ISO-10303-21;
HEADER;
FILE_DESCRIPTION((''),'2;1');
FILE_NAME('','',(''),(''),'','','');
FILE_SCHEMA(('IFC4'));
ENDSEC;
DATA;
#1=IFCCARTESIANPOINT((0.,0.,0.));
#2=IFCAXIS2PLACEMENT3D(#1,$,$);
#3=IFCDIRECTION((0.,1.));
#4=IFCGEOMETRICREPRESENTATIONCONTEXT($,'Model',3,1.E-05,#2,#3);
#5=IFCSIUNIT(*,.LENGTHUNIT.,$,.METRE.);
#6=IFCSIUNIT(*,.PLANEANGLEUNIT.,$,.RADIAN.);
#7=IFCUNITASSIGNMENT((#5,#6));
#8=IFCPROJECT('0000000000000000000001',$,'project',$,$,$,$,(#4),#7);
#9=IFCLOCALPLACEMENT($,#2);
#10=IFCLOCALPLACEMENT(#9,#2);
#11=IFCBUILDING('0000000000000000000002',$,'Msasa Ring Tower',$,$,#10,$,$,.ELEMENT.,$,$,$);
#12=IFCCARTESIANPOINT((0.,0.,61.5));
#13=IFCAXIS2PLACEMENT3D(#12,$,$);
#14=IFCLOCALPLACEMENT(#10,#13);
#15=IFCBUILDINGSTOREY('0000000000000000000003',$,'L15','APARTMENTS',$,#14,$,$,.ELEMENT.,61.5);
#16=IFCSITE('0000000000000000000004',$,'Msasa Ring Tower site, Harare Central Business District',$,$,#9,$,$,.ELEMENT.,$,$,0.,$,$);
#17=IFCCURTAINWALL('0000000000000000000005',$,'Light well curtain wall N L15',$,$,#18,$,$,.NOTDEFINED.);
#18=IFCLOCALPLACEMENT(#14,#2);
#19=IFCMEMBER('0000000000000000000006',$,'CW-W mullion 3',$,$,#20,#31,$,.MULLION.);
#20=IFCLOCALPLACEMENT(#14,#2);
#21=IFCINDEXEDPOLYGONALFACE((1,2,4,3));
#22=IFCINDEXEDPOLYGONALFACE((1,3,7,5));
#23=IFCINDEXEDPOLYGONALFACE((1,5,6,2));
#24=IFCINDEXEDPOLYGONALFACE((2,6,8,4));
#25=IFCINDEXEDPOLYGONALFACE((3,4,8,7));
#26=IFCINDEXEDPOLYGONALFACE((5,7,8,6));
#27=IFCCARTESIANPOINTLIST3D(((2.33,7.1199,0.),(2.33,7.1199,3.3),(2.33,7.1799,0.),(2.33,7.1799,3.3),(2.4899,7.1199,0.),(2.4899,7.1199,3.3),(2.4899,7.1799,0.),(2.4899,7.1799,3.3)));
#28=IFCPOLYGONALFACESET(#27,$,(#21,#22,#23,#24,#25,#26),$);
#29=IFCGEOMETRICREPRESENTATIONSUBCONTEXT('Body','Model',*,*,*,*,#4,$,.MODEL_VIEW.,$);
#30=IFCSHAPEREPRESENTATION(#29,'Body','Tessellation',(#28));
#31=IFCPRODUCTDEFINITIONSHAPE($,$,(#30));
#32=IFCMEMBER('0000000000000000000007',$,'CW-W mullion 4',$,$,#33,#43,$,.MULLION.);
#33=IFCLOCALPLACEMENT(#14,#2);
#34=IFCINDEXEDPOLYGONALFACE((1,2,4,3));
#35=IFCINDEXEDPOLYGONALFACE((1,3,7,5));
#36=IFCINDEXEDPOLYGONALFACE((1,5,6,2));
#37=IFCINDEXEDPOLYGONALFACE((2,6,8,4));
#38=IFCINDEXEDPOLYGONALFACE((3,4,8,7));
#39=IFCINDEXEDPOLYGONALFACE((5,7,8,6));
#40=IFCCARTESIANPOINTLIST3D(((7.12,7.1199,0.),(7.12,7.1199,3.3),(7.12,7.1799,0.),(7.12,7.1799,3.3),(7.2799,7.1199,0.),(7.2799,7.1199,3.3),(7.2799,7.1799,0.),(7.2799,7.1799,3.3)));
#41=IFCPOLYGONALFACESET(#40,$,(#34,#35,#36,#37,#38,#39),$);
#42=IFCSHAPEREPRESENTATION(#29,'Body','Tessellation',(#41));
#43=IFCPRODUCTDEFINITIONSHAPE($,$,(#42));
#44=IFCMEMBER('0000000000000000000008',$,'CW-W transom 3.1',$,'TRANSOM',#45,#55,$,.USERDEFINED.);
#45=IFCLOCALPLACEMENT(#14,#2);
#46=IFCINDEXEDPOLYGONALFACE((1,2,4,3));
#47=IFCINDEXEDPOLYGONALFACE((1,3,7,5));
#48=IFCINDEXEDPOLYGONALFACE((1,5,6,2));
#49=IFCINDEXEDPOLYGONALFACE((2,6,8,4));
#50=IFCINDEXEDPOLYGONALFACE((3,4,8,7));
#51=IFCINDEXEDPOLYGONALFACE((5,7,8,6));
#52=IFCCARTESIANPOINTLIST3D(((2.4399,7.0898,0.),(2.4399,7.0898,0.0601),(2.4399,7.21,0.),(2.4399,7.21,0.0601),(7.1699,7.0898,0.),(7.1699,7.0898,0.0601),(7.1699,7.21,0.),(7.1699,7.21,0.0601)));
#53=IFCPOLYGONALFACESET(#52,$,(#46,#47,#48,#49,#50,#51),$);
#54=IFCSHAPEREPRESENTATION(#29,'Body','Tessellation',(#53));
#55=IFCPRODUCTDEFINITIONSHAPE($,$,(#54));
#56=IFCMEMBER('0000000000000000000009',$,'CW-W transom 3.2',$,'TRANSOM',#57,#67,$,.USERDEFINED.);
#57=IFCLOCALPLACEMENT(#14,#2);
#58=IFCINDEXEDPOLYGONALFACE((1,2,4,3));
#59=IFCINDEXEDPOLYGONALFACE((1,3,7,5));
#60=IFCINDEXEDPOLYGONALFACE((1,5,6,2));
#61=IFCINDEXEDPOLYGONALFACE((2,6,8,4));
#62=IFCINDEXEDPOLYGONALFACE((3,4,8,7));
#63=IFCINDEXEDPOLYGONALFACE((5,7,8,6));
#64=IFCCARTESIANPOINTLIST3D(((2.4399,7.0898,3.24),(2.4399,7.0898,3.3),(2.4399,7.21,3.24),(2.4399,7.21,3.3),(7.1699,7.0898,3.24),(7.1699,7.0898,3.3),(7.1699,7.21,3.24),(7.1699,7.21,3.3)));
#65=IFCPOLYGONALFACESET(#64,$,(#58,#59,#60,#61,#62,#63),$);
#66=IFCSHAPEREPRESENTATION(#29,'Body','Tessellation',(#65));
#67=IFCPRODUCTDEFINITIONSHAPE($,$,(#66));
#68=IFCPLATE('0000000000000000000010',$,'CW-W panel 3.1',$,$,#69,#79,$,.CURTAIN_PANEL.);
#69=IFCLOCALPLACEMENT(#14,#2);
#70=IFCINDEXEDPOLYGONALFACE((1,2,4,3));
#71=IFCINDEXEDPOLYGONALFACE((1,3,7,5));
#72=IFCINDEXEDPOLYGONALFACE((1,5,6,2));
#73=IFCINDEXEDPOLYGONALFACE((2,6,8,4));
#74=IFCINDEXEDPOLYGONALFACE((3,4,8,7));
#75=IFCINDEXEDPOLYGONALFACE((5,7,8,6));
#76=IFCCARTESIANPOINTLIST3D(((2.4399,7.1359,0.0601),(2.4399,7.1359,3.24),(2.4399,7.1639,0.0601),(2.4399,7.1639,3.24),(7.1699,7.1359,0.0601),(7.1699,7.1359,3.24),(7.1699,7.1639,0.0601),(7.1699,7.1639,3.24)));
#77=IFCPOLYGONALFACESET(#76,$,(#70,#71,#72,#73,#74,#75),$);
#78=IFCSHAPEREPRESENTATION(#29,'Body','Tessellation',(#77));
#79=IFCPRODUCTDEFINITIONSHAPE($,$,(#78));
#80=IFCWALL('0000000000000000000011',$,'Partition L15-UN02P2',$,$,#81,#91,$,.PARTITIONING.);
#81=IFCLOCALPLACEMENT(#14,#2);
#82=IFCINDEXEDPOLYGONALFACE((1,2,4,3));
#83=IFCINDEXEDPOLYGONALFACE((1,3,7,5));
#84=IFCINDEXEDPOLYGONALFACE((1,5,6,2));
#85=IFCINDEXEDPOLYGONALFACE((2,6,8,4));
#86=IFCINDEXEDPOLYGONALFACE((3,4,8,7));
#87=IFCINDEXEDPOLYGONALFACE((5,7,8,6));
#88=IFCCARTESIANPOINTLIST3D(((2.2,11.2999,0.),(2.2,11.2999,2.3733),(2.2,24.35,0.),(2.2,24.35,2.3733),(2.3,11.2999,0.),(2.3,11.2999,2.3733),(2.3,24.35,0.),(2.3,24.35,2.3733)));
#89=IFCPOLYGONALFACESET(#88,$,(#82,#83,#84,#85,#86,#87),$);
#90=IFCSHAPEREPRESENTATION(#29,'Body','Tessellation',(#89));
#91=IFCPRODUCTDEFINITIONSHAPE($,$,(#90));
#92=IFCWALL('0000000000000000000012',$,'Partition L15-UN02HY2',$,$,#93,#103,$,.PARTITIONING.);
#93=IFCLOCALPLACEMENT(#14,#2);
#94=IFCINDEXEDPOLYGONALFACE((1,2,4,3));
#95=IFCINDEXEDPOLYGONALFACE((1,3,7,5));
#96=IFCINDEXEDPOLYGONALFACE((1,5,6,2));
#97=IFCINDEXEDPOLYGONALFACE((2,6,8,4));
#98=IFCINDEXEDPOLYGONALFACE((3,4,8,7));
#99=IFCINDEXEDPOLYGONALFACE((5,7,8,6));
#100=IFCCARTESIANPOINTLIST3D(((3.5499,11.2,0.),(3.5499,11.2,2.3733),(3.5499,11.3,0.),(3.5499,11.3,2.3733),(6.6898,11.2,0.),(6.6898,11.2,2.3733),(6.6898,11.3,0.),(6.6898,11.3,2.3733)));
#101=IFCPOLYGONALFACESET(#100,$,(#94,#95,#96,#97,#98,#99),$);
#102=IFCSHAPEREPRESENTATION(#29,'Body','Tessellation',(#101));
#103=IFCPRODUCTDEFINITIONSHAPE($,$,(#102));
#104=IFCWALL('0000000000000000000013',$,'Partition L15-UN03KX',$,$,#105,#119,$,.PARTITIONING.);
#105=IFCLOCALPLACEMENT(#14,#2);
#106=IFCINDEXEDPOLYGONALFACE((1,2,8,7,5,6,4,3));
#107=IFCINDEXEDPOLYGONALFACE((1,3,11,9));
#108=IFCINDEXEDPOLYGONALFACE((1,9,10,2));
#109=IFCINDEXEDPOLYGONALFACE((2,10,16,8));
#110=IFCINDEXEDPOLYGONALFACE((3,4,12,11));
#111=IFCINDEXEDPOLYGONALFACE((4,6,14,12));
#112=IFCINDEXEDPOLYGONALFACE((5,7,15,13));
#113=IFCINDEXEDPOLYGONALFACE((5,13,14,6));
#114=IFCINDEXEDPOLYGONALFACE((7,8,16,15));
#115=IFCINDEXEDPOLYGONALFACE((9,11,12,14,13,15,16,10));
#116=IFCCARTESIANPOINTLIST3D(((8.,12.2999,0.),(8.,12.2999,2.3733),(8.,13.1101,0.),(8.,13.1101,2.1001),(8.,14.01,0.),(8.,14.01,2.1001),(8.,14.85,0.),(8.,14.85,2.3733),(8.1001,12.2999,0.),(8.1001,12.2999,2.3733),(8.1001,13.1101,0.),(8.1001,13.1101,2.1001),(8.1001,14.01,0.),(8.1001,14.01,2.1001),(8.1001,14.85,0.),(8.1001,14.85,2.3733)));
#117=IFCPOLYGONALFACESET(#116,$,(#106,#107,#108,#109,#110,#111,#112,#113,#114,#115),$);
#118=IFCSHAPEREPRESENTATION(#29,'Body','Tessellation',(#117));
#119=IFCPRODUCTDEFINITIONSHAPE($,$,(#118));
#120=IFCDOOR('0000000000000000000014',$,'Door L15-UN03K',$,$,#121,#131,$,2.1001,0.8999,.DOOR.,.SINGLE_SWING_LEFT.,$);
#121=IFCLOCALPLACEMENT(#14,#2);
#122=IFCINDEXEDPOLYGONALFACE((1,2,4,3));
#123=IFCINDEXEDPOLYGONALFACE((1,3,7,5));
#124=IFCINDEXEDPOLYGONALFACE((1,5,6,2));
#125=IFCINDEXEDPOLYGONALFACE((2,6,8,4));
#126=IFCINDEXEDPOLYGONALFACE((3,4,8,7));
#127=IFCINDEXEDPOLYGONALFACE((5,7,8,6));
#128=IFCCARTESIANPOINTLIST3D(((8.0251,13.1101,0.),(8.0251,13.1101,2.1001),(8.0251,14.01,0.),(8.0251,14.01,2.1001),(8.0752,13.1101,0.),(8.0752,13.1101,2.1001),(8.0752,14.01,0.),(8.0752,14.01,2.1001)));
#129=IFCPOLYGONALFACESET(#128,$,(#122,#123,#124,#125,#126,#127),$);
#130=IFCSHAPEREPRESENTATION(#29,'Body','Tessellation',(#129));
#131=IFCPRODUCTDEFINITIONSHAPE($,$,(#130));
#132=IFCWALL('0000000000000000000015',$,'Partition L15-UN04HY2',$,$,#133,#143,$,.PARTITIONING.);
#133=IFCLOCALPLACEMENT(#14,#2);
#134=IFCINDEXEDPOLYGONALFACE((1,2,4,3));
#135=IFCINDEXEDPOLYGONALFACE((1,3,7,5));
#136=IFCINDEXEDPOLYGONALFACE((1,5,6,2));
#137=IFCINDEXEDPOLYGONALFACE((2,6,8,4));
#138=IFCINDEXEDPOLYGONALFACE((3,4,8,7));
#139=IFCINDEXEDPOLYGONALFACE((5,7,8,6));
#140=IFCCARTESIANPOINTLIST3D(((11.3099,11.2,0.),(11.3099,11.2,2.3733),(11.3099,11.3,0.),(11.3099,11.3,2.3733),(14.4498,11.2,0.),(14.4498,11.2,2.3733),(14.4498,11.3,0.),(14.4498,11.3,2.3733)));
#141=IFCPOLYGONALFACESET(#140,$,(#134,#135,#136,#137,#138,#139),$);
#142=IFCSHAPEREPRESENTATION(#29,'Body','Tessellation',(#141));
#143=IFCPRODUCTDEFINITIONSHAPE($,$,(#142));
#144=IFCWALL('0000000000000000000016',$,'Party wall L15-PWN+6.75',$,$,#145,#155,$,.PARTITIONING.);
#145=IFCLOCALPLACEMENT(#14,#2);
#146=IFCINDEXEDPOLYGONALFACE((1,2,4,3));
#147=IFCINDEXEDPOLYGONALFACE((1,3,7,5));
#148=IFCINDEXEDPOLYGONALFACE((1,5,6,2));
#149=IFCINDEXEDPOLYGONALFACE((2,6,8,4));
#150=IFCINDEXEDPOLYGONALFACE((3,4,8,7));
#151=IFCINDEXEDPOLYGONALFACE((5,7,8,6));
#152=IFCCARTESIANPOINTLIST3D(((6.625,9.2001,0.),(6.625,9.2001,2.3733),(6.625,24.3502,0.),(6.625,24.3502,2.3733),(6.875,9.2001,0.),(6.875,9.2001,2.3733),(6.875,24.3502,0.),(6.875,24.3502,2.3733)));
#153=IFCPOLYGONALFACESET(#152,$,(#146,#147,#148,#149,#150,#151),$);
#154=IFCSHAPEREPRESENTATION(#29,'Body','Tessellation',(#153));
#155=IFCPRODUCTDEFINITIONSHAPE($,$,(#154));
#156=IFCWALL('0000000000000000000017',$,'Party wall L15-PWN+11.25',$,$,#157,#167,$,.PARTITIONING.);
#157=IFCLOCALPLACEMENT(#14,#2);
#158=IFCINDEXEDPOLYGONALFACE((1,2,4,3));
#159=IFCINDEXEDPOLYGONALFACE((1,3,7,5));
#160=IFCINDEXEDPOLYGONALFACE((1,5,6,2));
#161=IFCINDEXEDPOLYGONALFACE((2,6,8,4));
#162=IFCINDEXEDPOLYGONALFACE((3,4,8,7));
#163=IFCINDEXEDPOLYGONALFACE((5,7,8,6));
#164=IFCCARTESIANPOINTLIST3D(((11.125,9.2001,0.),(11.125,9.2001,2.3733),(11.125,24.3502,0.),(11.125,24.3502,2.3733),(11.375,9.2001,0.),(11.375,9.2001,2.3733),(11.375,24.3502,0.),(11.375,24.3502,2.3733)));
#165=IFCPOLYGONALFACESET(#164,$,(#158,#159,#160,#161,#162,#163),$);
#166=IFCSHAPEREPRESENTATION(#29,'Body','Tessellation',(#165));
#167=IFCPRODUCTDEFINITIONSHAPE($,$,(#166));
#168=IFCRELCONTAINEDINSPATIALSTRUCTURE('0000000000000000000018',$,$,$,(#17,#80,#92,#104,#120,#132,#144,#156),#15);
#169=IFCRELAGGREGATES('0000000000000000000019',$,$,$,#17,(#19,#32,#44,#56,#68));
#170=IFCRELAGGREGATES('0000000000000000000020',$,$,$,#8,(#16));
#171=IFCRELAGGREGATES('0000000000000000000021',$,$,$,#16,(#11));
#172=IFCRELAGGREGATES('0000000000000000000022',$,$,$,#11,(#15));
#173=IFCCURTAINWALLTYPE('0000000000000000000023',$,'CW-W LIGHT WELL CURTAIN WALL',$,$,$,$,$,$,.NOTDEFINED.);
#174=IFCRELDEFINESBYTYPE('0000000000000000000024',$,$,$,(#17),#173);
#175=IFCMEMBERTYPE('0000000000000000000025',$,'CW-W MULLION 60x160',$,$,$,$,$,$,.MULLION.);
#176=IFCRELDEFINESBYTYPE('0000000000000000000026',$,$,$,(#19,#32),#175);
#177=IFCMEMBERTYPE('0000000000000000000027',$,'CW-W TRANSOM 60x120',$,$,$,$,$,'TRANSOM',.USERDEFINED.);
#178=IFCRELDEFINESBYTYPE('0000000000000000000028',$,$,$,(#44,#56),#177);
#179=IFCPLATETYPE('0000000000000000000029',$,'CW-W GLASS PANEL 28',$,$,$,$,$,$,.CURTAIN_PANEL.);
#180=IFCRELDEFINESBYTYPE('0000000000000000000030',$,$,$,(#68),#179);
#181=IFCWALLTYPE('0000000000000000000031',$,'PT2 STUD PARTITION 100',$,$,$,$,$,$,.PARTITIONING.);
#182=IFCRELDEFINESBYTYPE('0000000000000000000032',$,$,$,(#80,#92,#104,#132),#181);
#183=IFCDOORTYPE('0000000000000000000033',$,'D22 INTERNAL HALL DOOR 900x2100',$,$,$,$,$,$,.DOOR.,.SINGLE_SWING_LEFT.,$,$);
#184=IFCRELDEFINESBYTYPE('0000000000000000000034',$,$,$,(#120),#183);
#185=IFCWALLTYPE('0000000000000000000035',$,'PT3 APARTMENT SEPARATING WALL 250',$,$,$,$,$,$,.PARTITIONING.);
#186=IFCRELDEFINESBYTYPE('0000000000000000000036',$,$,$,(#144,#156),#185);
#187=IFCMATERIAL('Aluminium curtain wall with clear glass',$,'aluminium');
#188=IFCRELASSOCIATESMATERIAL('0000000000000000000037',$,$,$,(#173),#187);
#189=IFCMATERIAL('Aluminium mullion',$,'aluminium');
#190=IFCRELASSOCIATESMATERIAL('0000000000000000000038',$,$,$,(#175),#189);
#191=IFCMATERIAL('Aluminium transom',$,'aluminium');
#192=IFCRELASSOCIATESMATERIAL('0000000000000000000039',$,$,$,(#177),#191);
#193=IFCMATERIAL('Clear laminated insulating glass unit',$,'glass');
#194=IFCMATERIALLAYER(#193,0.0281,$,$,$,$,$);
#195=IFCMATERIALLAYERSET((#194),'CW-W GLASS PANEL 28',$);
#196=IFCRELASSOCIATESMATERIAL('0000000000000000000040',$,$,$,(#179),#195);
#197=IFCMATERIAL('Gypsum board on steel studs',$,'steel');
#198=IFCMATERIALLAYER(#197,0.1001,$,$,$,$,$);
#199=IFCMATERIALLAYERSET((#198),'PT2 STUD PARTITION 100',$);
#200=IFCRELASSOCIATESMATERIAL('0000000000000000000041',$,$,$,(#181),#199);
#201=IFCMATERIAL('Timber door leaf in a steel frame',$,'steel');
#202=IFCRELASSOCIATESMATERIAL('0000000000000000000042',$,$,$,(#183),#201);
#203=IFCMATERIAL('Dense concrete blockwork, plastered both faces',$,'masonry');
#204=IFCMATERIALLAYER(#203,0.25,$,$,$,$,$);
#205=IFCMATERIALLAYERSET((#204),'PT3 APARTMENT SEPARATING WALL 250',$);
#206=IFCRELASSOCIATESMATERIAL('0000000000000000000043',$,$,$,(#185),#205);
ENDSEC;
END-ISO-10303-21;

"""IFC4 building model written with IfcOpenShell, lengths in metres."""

from ifc_helpers import new_model, si_unit, direction, frame, frame_2d, origin, origin_2d, place, context, subcontext, project, spatial, rectangle, extrude, material, layer, layer_set, material_profile, profile_set, type_object, element, fill, aggregate, save


model = new_model("IFC4")

# Units and contexts
model_context = context("Model", 3, precision=1e-05, world=origin(), true_north=direction((0.0, 1.0)))
body_context = subcontext(model_context, "Body", "Model", "MODEL_VIEW")
ifc_project = project(units=[si_unit("LENGTHUNIT", "METRE"), si_unit("PLANEANGLEUNIT", "RADIAN")], contexts=[model_context])

# Site, building, storey
site_placement = place(None, origin())
site = spatial("IfcSite", under=ifc_project, at=site_placement, Name="Msasa Ring Tower site, Harare Central Business District", CompositionType="ELEMENT", RefElevation=0.0)
building_placement = place(site_placement, origin())
building = spatial("IfcBuilding", under=site, at=building_placement, Name="Msasa Ring Tower", CompositionType="ELEMENT")
storey_placement = place(building_placement, frame((0.0, 0.0, 61.5)))
storey = spatial("IfcBuildingStorey", under=building, at=storey_placement, Name="L15", Description="APARTMENTS", CompositionType="ELEMENT", Elevation=61.5)

# Curtain wall, members, plate
ifc_material_1 = material(Name="Aluminium curtain wall with clear glass", Category="aluminium")
curtain_wall_type = type_object("IfcCurtainWallType", Name="CW-W LIGHT WELL CURTAIN WALL", PredefinedType="NOTDEFINED", material=ifc_material_1)
curtain_wall_placement = place(storey_placement, origin())
curtain_wall = element("IfcCurtainWall", 1, at=curtain_wall_placement, inside=storey, type_object=curtain_wall_type, Name="Light well curtain wall N L15", PredefinedType="NOTDEFINED")
ifc_material_2 = material(Name="Aluminium mullion", Category="aluminium")
ifc_material_profile_1 = material_profile(ifc_material_2, rectangle(XDim=0.0601, YDim=0.1599, at=origin_2d()), Name="AL 60x160")
ifc_profile_set_1 = profile_set([ifc_material_profile_1], Name="Aluminium mullion")
member_type_1 = type_object("IfcMemberType", Name="CW-W MULLION 60x160", PredefinedType="MULLION", material=ifc_profile_set_1)
member_1_placement = place(storey_placement, frame((2.4099, 7.1499, 0.0), z_axis=(0.0, 0.0, 1.0), x_axis=(0.0, 1.0, 0.0)))
member_1 = element("IfcMember", 2, at=member_1_placement, type_object=member_type_1, Name="CW-W mullion 3", PredefinedType="MULLION", context=body_context, shape_type="SweptSolid", body=[
    extrude(rectangle(XDim=0.0601, YDim=0.1599, at=origin_2d()), origin(), (0.0, 0.0, 1.0), 3.3),
])
member_2_placement = place(storey_placement, frame((7.2, 7.1499, 0.0), z_axis=(0.0, 0.0, 1.0), x_axis=(0.0, 1.0, 0.0)))
member_2 = element("IfcMember", 3, at=member_2_placement, type_object=member_type_1, Name="CW-W mullion 4", PredefinedType="MULLION", context=body_context, shape_type="SweptSolid", body=[
    extrude(rectangle(XDim=0.0601, YDim=0.1599, at=origin_2d()), origin(), (0.0, 0.0, 1.0), 3.3),
])
ifc_material_3 = material(Name="Aluminium transom", Category="aluminium")
ifc_material_profile_2 = material_profile(ifc_material_3, rectangle(XDim=0.1201, YDim=0.0601, at=origin_2d()), Name="AL 60x120")
ifc_profile_set_2 = profile_set([ifc_material_profile_2], Name="Aluminium transom")
member_type_2 = type_object("IfcMemberType", Name="CW-W TRANSOM 60x120", ElementType="TRANSOM", PredefinedType="USERDEFINED", material=ifc_profile_set_2)
member_3_placement = place(storey_placement, frame((2.4399, 7.1499, 0.03), z_axis=(1.0, 0.0, 0.0), x_axis=(0.0, 1.0, 0.0)))
member_3 = element("IfcMember", 4, at=member_3_placement, type_object=member_type_2, Name="CW-W transom 3.1", ObjectType="TRANSOM", PredefinedType="USERDEFINED", context=body_context, shape_type="SweptSolid", body=[
    extrude(rectangle(XDim=0.1201, YDim=0.0601, at=origin_2d()), origin(), (0.0, 0.0, 1.0), 4.73),
])
member_4_placement = place(storey_placement, frame((2.4399, 7.1499, 3.27), z_axis=(1.0, 0.0, 0.0), x_axis=(0.0, 1.0, 0.0)))
member_4 = element("IfcMember", 5, at=member_4_placement, type_object=member_type_2, Name="CW-W transom 3.2", ObjectType="TRANSOM", PredefinedType="USERDEFINED", context=body_context, shape_type="SweptSolid", body=[
    extrude(rectangle(XDim=0.1201, YDim=0.0601, at=origin_2d()), origin(), (0.0, 0.0, 1.0), 4.73),
])
ifc_material_4 = material(Name="Clear laminated insulating glass unit", Category="glass")
ifc_layer_1 = layer(ifc_material_4, 0.0281)
ifc_layer_set_1 = layer_set([ifc_layer_1], Name="CW-W GLASS PANEL 28")
plate_type = type_object("IfcPlateType", Name="CW-W GLASS PANEL 28", PredefinedType="CURTAIN_PANEL", material=ifc_layer_set_1)
plate_placement = place(storey_placement, frame((4.8049, 7.1499, 0.0601), z_axis=(0.0, 0.0, 1.0), x_axis=(1.0, 0.0, 0.0)))
plate = element("IfcPlate", 6, at=plate_placement, type_object=plate_type, Name="CW-W panel 3.1", PredefinedType="CURTAIN_PANEL", context=body_context, shape_type="SweptSolid", body=[
    extrude(rectangle(XDim=4.73, YDim=0.0281, at=origin_2d()), origin(), (0.0, 0.0, 1.0), 3.1799),
])
aggregate(curtain_wall, [member_1, member_2, member_3, member_4, plate])

# Walls
ifc_material_5 = material(Name="Gypsum board on steel studs", Category="steel")
ifc_layer_2 = layer(ifc_material_5, 0.1001)
ifc_layer_set_2 = layer_set([ifc_layer_2], Name="PT2 STUD PARTITION 100")
wall_type_1 = type_object("IfcWallType", Name="PT2 STUD PARTITION 100", PredefinedType="PARTITIONING", material=ifc_layer_set_2)
wall_1_placement = place(storey_placement, frame((2.25, 11.3, 0.0), z_axis=(0.0, 0.0, 1.0), x_axis=(0.0, 1.0, 0.0)))
element("IfcWall", 7, at=wall_1_placement, inside=storey, type_object=wall_type_1, Name="Partition L15-UN02P2", PredefinedType="PARTITIONING", context=body_context, shape_type="SweptSolid", body=[
    extrude(rectangle(XDim=13.05, YDim=0.1001, at=frame_2d((6.5249, 0.0))), origin(), (0.0, 0.0, 1.0), 2.3733),
])
wall_2_placement = place(storey_placement, frame((3.55, 11.25, 0.0), z_axis=(0.0, 0.0, 1.0), x_axis=(1.0, 0.0, 0.0)))
element("IfcWall", 8, at=wall_2_placement, inside=storey, type_object=wall_type_1, Name="Partition L15-UN02HY2", PredefinedType="PARTITIONING", context=body_context, shape_type="SweptSolid", body=[
    extrude(rectangle(XDim=3.1399, YDim=0.1001, at=frame_2d((1.5698, 0.0))), origin(), (0.0, 0.0, 1.0), 2.3733),
])

# Wall, opening, door
wall_3_placement = place(storey_placement, frame((8.05, 12.3, 0.0), z_axis=(0.0, 0.0, 1.0), x_axis=(0.0, 1.0, 0.0)))
wall_3 = element("IfcWall", 9, at=wall_3_placement, inside=storey, type_object=wall_type_1, Name="Partition L15-UN03KX", PredefinedType="PARTITIONING", context=body_context, shape_type="SweptSolid", body=[
    extrude(rectangle(XDim=2.55, YDim=0.1001, at=frame_2d((1.2749, 0.0))), origin(), (0.0, 0.0, 1.0), 2.3733),
])
opening_1_placement = place(wall_3_placement, frame((0.8101, 0.0, 0.0)))
opening_1 = element("IfcOpeningElement", 10, at=opening_1_placement, cuts=wall_3, PredefinedType="OPENING", context=body_context, shape_type="SweptSolid", body=[
    extrude(rectangle(XDim=0.8999, YDim=2.1001, at=frame_2d((0.45, 1.05))), frame((0.0, 0.0601, 0.0), z_axis=(0.0, -1.0, 0.0), x_axis=(1.0, 0.0, 0.0)), (0.0, 0.0, 1.0), 0.1201),
])
ifc_material_6 = material(Name="Timber door leaf in a steel frame", Category="steel")
door_type_1 = type_object("IfcDoorType", Name="D22 INTERNAL HALL DOOR 900x2100", OperationType="SINGLE_SWING_LEFT", PredefinedType="DOOR", material=ifc_material_6)
door_1_placement = place(opening_1_placement, origin())
door_1 = element("IfcDoor", 11, at=door_1_placement, inside=storey, type_object=door_type_1, Name="Door L15-UN03K", OperationType="SINGLE_SWING_LEFT", OverallHeight=2.1001, OverallWidth=0.8999, PredefinedType="DOOR", context=body_context, shape_type="SweptSolid", body=[
    extrude(rectangle(XDim=0.8999, YDim=2.1001, at=frame_2d((0.45, 1.05))), frame((0.0, 0.0249, 0.0), z_axis=(0.0, -1.0, 0.0), x_axis=(1.0, 0.0, 0.0)), (0.0, 0.0, 1.0), 0.05),
])
fill(opening_1, door_1)

# Walls
wall_4_placement = place(storey_placement, frame((11.3101, 11.25, 0.0), z_axis=(0.0, 0.0, 1.0), x_axis=(1.0, 0.0, 0.0)))
element("IfcWall", 12, at=wall_4_placement, inside=storey, type_object=wall_type_1, Name="Partition L15-UN04HY2", PredefinedType="PARTITIONING", context=body_context, shape_type="SweptSolid", body=[
    extrude(rectangle(XDim=3.1399, YDim=0.1001, at=frame_2d((1.5698, 0.0))), origin(), (0.0, 0.0, 1.0), 2.3733),
])
ifc_material_7 = material(Name="Dense concrete blockwork, plastered both faces", Category="masonry")
ifc_layer_3 = layer(ifc_material_7, 0.25)
ifc_layer_set_3 = layer_set([ifc_layer_3], Name="PT3 APARTMENT SEPARATING WALL 250")
wall_type_2 = type_object("IfcWallType", Name="PT3 APARTMENT SEPARATING WALL 250", PredefinedType="PARTITIONING", material=ifc_layer_set_3)
for number, where, z_axis, x_axis, name in (
    (13, (6.75, 9.2, 0.0), (0.0, 0.0, 1.0), (0.0, 1.0, 0.0), "Party wall L15-PWN+6.75"),
    (14, (11.25, 9.2, 0.0), (0.0, 0.0, 1.0), (0.0, 1.0, 0.0), "Party wall L15-PWN+11.25"),
):
    element("IfcWall", number, at=place(storey_placement, frame(where, z_axis=z_axis, x_axis=x_axis)), inside=storey, type_object=wall_type_2, Name=name, PredefinedType="PARTITIONING", context=body_context, shape_type="SweptSolid", body=[
        extrude(rectangle(XDim=15.1501, YDim=0.25, at=frame_2d((7.5752, 0.0))), origin(), (0.0, 0.0, 1.0), 2.3733),
    ])

save(model, "model.ifc")
